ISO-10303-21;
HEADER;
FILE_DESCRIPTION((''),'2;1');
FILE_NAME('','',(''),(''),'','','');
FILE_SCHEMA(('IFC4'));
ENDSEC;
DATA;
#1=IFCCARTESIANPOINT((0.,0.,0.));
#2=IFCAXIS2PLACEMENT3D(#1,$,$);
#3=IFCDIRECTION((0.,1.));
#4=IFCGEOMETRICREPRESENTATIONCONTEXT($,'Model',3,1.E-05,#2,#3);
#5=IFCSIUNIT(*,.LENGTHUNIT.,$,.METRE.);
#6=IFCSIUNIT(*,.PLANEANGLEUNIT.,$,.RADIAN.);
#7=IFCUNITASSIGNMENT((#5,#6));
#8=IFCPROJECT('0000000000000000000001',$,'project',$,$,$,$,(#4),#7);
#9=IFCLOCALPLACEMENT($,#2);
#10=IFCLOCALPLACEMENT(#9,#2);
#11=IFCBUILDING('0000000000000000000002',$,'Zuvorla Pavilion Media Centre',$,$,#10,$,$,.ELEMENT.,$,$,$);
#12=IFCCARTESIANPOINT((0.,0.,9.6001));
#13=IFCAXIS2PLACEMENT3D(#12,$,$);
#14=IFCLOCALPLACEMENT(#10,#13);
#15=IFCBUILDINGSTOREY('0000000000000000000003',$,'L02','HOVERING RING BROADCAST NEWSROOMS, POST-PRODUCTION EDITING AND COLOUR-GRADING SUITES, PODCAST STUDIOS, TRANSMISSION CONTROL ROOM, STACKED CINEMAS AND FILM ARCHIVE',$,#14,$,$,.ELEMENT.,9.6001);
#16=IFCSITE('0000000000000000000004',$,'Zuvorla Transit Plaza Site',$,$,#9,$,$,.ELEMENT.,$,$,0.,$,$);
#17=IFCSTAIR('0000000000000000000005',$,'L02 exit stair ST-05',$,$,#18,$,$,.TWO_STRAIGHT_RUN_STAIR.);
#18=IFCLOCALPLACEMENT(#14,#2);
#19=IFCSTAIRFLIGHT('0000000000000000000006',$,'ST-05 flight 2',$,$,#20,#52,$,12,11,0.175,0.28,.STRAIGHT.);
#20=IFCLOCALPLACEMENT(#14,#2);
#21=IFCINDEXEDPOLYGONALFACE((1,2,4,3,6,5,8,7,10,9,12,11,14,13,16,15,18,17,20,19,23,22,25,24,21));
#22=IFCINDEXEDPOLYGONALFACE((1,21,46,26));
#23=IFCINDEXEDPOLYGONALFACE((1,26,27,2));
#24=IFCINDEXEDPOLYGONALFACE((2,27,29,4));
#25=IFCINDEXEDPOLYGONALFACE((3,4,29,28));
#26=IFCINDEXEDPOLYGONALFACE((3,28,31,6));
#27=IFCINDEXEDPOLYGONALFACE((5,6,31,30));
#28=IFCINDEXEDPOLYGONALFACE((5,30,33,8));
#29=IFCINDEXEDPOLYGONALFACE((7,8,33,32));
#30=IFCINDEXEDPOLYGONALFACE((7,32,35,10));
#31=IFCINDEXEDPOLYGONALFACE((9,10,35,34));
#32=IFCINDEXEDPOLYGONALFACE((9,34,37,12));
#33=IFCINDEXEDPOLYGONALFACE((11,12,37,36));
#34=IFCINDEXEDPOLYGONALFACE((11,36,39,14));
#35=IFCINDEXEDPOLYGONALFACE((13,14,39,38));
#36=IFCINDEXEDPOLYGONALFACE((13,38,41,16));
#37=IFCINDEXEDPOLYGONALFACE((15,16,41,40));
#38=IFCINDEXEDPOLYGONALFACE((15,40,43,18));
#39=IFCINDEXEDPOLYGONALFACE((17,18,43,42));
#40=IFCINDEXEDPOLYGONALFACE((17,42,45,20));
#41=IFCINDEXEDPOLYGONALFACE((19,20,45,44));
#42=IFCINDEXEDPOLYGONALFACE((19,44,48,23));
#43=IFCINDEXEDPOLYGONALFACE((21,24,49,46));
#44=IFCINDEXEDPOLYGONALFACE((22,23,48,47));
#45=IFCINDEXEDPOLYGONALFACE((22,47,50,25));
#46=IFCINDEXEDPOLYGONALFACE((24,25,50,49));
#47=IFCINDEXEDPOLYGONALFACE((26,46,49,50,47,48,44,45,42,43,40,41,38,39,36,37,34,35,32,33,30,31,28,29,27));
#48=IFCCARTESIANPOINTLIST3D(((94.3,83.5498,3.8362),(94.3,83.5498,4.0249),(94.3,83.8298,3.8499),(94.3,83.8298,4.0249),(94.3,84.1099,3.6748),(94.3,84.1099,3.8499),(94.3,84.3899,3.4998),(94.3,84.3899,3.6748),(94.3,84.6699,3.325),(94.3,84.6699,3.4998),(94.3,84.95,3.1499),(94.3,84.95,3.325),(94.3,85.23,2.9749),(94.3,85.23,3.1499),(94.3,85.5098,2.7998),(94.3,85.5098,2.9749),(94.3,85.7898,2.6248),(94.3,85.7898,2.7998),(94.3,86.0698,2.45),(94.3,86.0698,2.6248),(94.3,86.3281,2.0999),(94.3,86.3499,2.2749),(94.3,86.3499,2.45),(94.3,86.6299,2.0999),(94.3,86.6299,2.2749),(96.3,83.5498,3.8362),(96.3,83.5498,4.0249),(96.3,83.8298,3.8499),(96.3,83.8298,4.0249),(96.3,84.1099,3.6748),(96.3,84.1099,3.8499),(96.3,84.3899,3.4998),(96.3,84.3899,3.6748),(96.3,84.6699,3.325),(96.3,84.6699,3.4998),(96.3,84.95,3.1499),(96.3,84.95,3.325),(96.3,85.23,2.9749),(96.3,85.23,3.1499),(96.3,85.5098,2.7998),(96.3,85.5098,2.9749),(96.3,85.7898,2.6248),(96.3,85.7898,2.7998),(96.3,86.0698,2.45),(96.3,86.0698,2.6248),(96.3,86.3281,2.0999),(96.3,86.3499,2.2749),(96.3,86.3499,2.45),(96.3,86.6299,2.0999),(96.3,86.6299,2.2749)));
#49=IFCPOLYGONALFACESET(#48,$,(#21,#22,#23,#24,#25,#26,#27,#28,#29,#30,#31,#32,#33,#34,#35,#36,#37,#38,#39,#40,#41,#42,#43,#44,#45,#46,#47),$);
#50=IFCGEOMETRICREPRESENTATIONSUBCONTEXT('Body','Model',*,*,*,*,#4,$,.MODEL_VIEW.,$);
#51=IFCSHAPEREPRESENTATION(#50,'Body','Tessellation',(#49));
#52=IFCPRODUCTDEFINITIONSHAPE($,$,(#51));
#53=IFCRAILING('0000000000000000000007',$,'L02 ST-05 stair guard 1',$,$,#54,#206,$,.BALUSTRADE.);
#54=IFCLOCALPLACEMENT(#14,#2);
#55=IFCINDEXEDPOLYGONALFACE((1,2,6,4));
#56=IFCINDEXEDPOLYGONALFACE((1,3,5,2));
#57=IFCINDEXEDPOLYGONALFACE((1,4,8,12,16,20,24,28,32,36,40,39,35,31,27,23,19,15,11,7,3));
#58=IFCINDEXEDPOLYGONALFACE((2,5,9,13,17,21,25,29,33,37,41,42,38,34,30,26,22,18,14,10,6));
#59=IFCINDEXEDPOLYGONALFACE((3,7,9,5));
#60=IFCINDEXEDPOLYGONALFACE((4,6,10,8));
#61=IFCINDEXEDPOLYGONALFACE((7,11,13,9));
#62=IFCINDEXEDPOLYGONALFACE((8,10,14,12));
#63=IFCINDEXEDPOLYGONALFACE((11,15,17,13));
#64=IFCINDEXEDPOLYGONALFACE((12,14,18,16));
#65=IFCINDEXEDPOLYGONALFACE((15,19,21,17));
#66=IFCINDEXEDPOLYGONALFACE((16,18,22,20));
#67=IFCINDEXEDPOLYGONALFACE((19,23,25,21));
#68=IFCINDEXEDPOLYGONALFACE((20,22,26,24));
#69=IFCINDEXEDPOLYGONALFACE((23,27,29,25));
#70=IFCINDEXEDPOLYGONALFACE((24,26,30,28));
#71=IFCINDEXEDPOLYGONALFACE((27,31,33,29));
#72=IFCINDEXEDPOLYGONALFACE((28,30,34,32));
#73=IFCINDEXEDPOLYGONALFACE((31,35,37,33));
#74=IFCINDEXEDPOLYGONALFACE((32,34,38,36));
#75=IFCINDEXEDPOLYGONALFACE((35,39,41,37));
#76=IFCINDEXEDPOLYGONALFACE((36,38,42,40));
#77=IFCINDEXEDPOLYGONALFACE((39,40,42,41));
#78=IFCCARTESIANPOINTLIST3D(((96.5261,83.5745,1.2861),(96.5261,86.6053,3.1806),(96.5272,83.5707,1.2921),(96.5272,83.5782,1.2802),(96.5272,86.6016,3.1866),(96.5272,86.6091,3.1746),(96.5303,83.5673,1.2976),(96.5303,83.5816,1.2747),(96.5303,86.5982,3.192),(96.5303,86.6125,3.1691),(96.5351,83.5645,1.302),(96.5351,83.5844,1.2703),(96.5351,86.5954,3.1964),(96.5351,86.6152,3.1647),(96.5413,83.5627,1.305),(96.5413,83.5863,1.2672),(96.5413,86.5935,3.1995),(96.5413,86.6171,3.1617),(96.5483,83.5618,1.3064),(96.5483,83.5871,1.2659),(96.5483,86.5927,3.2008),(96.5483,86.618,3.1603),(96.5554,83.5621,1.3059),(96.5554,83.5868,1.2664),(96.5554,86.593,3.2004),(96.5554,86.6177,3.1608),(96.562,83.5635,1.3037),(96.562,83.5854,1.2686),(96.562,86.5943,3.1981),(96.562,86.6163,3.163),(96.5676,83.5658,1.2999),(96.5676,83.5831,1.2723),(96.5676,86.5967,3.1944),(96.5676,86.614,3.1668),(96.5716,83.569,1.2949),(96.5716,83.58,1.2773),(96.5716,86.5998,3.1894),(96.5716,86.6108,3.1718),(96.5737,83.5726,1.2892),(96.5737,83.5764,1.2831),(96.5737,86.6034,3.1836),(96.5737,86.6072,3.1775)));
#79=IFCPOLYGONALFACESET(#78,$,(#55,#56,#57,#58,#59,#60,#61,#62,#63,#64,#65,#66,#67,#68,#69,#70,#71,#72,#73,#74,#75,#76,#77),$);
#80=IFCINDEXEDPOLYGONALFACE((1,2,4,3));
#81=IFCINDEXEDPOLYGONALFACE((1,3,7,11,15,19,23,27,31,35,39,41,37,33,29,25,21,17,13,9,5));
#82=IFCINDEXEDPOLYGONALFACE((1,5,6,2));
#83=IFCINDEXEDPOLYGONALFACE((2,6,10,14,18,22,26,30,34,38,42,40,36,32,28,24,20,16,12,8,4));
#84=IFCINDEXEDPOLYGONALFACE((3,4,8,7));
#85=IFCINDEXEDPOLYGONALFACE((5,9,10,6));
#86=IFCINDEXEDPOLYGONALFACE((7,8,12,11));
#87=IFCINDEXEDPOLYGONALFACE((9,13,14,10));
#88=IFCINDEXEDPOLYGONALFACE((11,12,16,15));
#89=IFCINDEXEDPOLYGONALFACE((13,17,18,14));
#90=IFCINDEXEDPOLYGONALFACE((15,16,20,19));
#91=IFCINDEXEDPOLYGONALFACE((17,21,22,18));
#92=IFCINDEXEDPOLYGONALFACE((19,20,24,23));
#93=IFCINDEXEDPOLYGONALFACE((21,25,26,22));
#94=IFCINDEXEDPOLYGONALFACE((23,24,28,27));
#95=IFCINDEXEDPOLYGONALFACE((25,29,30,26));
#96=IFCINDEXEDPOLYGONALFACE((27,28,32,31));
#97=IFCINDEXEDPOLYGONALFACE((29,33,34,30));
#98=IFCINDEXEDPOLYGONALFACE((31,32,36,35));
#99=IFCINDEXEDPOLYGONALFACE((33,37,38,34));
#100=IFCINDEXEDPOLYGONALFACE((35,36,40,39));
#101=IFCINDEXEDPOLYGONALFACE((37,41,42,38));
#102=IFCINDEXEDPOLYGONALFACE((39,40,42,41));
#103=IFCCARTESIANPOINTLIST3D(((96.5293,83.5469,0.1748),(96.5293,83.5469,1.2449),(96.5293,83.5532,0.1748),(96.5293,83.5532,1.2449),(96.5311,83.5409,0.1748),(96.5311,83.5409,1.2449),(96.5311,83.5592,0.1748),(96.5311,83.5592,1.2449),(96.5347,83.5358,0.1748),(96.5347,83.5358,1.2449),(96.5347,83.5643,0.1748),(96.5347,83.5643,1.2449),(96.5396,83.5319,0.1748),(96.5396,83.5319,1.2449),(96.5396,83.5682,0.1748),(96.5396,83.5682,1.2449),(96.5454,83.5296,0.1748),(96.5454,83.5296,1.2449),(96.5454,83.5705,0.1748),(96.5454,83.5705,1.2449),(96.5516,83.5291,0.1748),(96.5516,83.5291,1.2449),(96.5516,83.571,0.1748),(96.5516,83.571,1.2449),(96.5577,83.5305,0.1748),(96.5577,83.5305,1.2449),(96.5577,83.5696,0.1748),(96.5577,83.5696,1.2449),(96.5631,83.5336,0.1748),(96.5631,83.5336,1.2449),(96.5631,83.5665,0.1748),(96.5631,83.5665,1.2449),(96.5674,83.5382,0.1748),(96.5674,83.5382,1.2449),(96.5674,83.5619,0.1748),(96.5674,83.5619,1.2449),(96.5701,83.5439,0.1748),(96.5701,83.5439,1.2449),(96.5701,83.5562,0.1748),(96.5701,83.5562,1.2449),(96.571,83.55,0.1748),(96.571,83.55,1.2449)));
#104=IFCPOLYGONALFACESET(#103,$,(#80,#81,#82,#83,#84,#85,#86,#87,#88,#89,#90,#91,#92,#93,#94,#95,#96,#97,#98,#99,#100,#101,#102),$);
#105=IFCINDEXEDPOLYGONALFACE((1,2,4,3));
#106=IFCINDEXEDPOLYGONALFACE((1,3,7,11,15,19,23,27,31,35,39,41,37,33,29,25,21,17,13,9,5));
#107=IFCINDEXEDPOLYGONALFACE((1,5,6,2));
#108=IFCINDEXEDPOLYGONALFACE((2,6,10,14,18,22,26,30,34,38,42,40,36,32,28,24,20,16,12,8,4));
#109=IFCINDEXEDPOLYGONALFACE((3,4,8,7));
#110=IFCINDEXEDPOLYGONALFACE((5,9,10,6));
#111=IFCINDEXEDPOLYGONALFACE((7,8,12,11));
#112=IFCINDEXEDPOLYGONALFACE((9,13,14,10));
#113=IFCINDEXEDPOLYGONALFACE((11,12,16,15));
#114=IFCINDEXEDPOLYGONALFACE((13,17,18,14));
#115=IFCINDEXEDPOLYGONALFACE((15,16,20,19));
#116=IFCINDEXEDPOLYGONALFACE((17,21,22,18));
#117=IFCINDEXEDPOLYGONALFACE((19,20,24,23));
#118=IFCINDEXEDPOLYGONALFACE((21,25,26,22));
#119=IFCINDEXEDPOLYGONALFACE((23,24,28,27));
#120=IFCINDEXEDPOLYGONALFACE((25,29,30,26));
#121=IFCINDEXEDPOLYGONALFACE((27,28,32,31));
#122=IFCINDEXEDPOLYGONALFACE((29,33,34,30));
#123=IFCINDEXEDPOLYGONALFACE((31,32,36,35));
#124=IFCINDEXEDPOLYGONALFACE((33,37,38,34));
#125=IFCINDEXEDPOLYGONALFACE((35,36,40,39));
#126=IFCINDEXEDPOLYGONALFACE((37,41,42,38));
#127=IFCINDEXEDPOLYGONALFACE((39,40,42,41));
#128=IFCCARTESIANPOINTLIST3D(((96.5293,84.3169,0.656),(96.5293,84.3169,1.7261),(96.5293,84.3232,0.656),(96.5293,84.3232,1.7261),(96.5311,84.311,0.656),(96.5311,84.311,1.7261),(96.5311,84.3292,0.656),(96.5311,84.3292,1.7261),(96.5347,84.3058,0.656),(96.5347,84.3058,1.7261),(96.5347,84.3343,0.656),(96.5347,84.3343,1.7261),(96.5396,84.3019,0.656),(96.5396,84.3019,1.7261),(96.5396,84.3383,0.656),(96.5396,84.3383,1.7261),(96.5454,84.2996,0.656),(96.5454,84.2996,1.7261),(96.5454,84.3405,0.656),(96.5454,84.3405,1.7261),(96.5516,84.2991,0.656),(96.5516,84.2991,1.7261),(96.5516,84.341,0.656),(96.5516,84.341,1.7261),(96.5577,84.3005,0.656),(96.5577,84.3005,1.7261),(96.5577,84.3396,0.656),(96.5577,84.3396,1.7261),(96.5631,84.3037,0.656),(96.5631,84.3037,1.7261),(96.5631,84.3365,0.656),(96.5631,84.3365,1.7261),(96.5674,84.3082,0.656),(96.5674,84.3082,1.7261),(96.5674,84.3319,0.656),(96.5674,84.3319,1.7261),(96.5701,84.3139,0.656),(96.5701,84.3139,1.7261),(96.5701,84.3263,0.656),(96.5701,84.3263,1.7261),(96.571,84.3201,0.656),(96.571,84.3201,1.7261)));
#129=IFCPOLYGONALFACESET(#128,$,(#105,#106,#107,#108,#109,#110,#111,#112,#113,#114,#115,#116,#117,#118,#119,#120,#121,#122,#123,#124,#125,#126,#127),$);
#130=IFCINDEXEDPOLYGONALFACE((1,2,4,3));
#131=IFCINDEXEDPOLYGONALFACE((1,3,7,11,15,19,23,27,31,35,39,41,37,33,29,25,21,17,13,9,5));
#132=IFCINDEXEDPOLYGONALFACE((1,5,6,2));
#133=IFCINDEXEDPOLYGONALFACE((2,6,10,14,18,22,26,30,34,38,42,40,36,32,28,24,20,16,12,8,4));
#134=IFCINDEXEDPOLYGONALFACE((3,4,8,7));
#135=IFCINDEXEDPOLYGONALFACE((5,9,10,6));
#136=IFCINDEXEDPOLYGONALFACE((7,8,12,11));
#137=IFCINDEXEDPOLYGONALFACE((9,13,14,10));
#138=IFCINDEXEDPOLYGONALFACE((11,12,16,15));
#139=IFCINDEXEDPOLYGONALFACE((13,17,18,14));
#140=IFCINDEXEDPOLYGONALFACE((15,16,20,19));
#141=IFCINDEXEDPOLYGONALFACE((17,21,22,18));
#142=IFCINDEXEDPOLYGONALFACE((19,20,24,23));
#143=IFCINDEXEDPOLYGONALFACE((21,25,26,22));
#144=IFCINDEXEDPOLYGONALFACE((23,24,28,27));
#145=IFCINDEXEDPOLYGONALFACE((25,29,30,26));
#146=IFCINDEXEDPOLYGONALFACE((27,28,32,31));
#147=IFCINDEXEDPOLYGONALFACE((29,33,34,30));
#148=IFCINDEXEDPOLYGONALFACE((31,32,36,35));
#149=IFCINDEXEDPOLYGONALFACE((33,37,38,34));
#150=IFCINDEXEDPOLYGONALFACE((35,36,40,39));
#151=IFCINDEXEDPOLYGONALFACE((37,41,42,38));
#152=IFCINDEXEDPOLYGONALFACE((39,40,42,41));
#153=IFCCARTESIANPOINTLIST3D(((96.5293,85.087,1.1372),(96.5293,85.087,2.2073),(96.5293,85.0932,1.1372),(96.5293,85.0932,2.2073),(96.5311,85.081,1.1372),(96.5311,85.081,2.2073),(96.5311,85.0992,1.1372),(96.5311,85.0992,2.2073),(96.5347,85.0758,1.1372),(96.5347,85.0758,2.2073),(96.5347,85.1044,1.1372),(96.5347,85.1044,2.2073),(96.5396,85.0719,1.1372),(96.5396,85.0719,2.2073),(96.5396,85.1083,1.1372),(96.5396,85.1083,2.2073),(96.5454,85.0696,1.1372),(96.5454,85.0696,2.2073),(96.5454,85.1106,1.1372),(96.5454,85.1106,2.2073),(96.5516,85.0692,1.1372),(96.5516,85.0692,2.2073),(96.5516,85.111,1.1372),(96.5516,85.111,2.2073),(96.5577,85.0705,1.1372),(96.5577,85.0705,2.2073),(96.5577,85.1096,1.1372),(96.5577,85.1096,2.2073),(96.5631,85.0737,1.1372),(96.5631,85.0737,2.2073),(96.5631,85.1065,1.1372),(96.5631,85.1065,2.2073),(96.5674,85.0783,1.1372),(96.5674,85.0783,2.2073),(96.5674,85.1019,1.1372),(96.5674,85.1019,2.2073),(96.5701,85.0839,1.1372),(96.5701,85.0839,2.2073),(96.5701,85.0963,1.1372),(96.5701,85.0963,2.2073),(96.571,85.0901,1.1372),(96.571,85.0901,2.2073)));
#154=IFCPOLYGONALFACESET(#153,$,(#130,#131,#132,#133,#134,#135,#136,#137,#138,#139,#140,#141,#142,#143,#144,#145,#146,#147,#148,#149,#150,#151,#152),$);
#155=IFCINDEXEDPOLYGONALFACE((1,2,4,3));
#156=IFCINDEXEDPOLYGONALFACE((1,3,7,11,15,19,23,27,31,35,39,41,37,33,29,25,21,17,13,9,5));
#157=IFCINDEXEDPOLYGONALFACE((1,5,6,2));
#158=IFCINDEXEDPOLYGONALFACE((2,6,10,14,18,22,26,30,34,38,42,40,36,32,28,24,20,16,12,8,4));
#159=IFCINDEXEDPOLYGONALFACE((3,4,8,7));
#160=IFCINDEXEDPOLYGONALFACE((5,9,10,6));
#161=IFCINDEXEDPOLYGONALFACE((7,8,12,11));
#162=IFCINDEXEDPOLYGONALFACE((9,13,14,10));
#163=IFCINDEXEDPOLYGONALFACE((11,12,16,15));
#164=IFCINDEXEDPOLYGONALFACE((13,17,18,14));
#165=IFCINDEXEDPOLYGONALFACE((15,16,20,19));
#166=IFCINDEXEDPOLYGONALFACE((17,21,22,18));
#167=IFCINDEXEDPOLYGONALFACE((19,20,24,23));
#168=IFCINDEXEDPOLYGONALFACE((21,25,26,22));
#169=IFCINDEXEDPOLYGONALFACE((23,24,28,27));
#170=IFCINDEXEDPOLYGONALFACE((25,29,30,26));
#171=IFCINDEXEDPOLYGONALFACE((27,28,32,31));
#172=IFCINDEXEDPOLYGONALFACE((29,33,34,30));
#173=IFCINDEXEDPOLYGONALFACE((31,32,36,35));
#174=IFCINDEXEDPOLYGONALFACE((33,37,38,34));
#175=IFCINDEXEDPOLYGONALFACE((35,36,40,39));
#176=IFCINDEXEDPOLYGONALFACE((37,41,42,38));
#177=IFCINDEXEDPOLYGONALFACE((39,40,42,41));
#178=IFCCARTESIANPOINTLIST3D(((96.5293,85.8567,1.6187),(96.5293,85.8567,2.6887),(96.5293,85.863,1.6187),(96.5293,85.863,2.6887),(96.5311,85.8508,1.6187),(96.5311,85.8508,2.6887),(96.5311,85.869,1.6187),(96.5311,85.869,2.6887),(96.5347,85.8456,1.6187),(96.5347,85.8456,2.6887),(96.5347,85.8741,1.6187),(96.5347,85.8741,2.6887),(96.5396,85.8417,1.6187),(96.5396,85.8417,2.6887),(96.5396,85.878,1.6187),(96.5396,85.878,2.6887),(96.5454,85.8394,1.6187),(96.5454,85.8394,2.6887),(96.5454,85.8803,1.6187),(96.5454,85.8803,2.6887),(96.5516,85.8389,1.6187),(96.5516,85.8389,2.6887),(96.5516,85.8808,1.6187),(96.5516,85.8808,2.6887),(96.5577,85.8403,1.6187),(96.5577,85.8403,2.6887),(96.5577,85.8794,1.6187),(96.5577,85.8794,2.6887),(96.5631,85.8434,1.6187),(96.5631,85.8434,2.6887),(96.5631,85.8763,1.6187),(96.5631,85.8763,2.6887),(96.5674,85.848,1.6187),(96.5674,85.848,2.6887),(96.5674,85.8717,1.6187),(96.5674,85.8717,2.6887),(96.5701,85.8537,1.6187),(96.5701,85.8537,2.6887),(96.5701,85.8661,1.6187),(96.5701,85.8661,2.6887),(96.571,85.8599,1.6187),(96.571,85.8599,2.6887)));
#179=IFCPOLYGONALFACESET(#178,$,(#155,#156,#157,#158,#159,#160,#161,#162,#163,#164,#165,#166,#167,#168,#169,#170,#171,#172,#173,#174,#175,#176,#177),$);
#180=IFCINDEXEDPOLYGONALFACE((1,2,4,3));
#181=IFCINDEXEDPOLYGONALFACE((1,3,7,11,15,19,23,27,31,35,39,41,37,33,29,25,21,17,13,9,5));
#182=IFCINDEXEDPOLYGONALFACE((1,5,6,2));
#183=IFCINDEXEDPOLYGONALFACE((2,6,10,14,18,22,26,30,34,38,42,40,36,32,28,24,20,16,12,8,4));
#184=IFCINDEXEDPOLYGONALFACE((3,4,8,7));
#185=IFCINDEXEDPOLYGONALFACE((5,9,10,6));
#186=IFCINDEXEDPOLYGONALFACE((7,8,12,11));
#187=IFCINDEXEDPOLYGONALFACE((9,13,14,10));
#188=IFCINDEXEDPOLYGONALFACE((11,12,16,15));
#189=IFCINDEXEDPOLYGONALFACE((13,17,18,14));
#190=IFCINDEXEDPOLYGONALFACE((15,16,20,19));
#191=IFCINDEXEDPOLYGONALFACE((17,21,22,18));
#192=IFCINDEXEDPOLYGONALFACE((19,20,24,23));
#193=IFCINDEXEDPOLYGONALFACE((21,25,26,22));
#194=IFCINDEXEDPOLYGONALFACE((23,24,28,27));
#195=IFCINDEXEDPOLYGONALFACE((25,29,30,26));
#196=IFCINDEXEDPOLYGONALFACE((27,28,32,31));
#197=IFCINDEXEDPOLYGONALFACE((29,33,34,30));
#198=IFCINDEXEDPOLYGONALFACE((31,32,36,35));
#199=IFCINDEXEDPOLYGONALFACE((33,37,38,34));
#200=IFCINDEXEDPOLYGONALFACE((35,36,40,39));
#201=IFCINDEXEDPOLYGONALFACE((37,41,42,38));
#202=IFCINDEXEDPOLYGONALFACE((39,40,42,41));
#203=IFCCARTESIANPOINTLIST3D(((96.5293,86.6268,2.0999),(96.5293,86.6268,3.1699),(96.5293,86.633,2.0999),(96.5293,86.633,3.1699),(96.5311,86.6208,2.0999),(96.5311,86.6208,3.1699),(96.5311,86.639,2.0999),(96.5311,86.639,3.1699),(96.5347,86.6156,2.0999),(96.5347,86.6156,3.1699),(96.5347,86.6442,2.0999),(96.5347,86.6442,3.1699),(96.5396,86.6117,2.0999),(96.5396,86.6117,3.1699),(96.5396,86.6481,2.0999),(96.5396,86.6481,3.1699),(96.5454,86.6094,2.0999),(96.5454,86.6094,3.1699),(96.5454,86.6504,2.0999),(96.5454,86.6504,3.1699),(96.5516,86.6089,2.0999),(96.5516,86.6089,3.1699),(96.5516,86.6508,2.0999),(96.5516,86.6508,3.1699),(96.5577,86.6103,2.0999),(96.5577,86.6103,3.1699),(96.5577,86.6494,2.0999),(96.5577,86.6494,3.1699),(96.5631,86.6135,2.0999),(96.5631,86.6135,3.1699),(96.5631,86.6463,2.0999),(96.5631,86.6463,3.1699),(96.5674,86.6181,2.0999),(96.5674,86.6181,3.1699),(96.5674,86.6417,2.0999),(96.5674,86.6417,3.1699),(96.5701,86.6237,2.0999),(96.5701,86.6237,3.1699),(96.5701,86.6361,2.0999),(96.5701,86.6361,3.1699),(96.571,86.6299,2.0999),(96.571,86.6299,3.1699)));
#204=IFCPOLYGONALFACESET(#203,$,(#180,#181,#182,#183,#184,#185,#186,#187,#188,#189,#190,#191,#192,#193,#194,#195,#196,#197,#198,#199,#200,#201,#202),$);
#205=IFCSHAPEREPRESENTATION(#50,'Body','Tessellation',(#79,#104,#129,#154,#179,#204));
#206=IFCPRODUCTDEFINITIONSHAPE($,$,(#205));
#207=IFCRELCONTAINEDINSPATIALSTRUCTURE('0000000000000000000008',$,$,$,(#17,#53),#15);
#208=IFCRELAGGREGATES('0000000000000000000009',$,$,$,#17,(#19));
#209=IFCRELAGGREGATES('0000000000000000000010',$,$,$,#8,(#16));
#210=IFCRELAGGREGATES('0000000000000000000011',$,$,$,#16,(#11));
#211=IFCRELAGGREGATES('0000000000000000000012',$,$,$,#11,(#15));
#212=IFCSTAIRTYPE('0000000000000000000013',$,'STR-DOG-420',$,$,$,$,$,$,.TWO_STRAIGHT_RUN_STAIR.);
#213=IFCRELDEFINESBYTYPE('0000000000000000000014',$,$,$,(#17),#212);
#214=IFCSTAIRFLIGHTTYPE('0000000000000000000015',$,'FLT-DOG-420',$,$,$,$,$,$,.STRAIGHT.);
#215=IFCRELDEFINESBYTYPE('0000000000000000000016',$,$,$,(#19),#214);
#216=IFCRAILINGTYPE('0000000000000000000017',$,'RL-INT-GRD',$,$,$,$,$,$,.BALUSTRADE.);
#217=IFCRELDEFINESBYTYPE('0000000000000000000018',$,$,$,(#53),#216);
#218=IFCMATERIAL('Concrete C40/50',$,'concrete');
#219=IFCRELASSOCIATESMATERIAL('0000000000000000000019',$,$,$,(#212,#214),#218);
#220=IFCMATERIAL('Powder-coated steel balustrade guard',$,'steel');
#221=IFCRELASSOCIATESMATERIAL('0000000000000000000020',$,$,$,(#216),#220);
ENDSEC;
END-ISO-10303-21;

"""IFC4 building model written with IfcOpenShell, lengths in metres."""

from ifc_helpers import new_model, si_unit, direction, frame, origin, origin_2d, place, context, subcontext, project, spatial, polyline, circle, outline, extrude, material, type_object, element, aggregate, save


model = new_model("IFC4")

# Units and contexts
model_context = context("Model", 3, precision=1e-05, world=origin(), true_north=direction((0.0, 1.0)))
body_context = subcontext(model_context, "Body", "Model", "MODEL_VIEW")
ifc_project = project(units=[si_unit("LENGTHUNIT", "METRE"), si_unit("PLANEANGLEUNIT", "RADIAN")], contexts=[model_context])

# Site, building, storey
site_placement = place(None, origin())
site = spatial("IfcSite", under=ifc_project, at=site_placement, Name="Zuvorla Transit Plaza Site", CompositionType="ELEMENT", RefElevation=0.0)
building_placement = place(site_placement, origin())
building = spatial("IfcBuilding", under=site, at=building_placement, Name="Zuvorla Pavilion Media Centre", CompositionType="ELEMENT")
storey_placement = place(building_placement, frame((0.0, 0.0, 9.6001)))
storey = spatial("IfcBuildingStorey", under=building, at=storey_placement, Name="L02", Description="HOVERING RING BROADCAST NEWSROOMS, POST-PRODUCTION EDITING AND COLOUR-GRADING SUITES, PODCAST STUDIOS, TRANSMISSION CONTROL ROOM, STACKED CINEMAS AND FILM ARCHIVE", CompositionType="ELEMENT", Elevation=9.6001)

# Shared definitions
ifc_material_1 = material(Name="Concrete C40/50", Category="concrete")

# Stair, stair flight
stair_type = type_object("IfcStairType", Name="STR-DOG-420", PredefinedType="TWO_STRAIGHT_RUN_STAIR", material=ifc_material_1)
stair_placement = place(storey_placement, origin())
stair = element("IfcStair", 1, at=stair_placement, inside=storey, type_object=stair_type, Name="L02 exit stair ST-05", PredefinedType="TWO_STRAIGHT_RUN_STAIR")
stair_flight_type = type_object("IfcStairFlightType", Name="FLT-DOG-420", PredefinedType="STRAIGHT", material=ifc_material_1)
stair_flight_1_placement = place(storey_placement, frame((95.3, 86.6299, 2.0999), z_axis=(0.0, 0.0, 1.0), x_axis=(0.0, -1.0, 0.0)))
stair_flight_1 = element("IfcStairFlight", 2, at=stair_flight_1_placement, type_object=stair_flight_type, Name="ST-05 flight 2", NumberOfRisers=12, NumberOfTreads=11, PredefinedType="STRAIGHT", RiserHeight=0.175, TreadLength=0.28, context=body_context, shape_type="SweptSolid", body=[
    extrude(outline(polyline([(0.0, 0.0), (0.0, 0.175), (0.28, 0.175), (0.28, 0.3501), (0.5601, 0.3501), (0.5601, 0.5249), (0.8401, 0.5249), (0.8401, 0.7), (1.1201, 0.7), (1.1201, 0.875), (1.3999, 0.875), (1.3999, 1.05), (1.6799, 1.05), (1.6799, 1.2251), (1.96, 1.2251), (1.96, 1.3999), (2.24, 1.3999), (2.24, 1.575), (2.52, 1.575), (2.52, 1.75), (2.8, 1.75), (2.8, 1.925), (3.0801, 1.925), (3.0801, 2.1001), (3.0801, 1.7363), (0.3018, 0.0), (0.0, 0.0)])), frame((0.0, 1.0, 0.0), z_axis=(0.0, -1.0, 0.0), x_axis=(1.0, 0.0, 0.0)), (0.0, 0.0, 1.0), 2.0),
])
aggregate(stair, [stair_flight_1])

# Railing
ifc_material_2 = material(Name="Powder-coated steel balustrade guard", Category="steel")
railing_type_1 = type_object("IfcRailingType", Name="RL-INT-GRD", PredefinedType="BALUSTRADE", material=ifc_material_2)
railing_1_placement = place(storey_placement, frame((96.55, 83.55, 0.1748)))
element("IfcRailing", 3, at=railing_1_placement, inside=storey, type_object=railing_type_1, Name="L02 ST-05 stair guard 1", PredefinedType="BALUSTRADE", context=body_context, shape_type="SweptSolid", body=[
    extrude(circle(Radius=0.0239, at=origin_2d()), frame((0.0, 0.0244, 1.1113), z_axis=(0.0, 0.847979, 0.530029), x_axis=(-1.0, 0.0, 0.0)), (0.0, 0.0, 1.0), 3.5742),
    extrude(circle(Radius=0.021, at=origin_2d()), origin(), (0.0, 0.0, 1.0), 1.0701),
    extrude(circle(Radius=0.021, at=origin_2d()), frame((0.0, 0.77, 0.4812)), (0.0, 0.0, 1.0), 1.0701),
    extrude(circle(Radius=0.021, at=origin_2d()), frame((0.0, 1.54, 0.9624)), (0.0, 0.0, 1.0), 1.0701),
    extrude(circle(Radius=0.021, at=origin_2d()), frame((0.0, 2.3098, 1.4438)), (0.0, 0.0, 1.0), 1.0701),
    extrude(circle(Radius=0.021, at=origin_2d()), frame((0.0, 3.0798, 1.925)), (0.0, 0.0, 1.0), 1.0701),
])

save(model, "model.ifc")
